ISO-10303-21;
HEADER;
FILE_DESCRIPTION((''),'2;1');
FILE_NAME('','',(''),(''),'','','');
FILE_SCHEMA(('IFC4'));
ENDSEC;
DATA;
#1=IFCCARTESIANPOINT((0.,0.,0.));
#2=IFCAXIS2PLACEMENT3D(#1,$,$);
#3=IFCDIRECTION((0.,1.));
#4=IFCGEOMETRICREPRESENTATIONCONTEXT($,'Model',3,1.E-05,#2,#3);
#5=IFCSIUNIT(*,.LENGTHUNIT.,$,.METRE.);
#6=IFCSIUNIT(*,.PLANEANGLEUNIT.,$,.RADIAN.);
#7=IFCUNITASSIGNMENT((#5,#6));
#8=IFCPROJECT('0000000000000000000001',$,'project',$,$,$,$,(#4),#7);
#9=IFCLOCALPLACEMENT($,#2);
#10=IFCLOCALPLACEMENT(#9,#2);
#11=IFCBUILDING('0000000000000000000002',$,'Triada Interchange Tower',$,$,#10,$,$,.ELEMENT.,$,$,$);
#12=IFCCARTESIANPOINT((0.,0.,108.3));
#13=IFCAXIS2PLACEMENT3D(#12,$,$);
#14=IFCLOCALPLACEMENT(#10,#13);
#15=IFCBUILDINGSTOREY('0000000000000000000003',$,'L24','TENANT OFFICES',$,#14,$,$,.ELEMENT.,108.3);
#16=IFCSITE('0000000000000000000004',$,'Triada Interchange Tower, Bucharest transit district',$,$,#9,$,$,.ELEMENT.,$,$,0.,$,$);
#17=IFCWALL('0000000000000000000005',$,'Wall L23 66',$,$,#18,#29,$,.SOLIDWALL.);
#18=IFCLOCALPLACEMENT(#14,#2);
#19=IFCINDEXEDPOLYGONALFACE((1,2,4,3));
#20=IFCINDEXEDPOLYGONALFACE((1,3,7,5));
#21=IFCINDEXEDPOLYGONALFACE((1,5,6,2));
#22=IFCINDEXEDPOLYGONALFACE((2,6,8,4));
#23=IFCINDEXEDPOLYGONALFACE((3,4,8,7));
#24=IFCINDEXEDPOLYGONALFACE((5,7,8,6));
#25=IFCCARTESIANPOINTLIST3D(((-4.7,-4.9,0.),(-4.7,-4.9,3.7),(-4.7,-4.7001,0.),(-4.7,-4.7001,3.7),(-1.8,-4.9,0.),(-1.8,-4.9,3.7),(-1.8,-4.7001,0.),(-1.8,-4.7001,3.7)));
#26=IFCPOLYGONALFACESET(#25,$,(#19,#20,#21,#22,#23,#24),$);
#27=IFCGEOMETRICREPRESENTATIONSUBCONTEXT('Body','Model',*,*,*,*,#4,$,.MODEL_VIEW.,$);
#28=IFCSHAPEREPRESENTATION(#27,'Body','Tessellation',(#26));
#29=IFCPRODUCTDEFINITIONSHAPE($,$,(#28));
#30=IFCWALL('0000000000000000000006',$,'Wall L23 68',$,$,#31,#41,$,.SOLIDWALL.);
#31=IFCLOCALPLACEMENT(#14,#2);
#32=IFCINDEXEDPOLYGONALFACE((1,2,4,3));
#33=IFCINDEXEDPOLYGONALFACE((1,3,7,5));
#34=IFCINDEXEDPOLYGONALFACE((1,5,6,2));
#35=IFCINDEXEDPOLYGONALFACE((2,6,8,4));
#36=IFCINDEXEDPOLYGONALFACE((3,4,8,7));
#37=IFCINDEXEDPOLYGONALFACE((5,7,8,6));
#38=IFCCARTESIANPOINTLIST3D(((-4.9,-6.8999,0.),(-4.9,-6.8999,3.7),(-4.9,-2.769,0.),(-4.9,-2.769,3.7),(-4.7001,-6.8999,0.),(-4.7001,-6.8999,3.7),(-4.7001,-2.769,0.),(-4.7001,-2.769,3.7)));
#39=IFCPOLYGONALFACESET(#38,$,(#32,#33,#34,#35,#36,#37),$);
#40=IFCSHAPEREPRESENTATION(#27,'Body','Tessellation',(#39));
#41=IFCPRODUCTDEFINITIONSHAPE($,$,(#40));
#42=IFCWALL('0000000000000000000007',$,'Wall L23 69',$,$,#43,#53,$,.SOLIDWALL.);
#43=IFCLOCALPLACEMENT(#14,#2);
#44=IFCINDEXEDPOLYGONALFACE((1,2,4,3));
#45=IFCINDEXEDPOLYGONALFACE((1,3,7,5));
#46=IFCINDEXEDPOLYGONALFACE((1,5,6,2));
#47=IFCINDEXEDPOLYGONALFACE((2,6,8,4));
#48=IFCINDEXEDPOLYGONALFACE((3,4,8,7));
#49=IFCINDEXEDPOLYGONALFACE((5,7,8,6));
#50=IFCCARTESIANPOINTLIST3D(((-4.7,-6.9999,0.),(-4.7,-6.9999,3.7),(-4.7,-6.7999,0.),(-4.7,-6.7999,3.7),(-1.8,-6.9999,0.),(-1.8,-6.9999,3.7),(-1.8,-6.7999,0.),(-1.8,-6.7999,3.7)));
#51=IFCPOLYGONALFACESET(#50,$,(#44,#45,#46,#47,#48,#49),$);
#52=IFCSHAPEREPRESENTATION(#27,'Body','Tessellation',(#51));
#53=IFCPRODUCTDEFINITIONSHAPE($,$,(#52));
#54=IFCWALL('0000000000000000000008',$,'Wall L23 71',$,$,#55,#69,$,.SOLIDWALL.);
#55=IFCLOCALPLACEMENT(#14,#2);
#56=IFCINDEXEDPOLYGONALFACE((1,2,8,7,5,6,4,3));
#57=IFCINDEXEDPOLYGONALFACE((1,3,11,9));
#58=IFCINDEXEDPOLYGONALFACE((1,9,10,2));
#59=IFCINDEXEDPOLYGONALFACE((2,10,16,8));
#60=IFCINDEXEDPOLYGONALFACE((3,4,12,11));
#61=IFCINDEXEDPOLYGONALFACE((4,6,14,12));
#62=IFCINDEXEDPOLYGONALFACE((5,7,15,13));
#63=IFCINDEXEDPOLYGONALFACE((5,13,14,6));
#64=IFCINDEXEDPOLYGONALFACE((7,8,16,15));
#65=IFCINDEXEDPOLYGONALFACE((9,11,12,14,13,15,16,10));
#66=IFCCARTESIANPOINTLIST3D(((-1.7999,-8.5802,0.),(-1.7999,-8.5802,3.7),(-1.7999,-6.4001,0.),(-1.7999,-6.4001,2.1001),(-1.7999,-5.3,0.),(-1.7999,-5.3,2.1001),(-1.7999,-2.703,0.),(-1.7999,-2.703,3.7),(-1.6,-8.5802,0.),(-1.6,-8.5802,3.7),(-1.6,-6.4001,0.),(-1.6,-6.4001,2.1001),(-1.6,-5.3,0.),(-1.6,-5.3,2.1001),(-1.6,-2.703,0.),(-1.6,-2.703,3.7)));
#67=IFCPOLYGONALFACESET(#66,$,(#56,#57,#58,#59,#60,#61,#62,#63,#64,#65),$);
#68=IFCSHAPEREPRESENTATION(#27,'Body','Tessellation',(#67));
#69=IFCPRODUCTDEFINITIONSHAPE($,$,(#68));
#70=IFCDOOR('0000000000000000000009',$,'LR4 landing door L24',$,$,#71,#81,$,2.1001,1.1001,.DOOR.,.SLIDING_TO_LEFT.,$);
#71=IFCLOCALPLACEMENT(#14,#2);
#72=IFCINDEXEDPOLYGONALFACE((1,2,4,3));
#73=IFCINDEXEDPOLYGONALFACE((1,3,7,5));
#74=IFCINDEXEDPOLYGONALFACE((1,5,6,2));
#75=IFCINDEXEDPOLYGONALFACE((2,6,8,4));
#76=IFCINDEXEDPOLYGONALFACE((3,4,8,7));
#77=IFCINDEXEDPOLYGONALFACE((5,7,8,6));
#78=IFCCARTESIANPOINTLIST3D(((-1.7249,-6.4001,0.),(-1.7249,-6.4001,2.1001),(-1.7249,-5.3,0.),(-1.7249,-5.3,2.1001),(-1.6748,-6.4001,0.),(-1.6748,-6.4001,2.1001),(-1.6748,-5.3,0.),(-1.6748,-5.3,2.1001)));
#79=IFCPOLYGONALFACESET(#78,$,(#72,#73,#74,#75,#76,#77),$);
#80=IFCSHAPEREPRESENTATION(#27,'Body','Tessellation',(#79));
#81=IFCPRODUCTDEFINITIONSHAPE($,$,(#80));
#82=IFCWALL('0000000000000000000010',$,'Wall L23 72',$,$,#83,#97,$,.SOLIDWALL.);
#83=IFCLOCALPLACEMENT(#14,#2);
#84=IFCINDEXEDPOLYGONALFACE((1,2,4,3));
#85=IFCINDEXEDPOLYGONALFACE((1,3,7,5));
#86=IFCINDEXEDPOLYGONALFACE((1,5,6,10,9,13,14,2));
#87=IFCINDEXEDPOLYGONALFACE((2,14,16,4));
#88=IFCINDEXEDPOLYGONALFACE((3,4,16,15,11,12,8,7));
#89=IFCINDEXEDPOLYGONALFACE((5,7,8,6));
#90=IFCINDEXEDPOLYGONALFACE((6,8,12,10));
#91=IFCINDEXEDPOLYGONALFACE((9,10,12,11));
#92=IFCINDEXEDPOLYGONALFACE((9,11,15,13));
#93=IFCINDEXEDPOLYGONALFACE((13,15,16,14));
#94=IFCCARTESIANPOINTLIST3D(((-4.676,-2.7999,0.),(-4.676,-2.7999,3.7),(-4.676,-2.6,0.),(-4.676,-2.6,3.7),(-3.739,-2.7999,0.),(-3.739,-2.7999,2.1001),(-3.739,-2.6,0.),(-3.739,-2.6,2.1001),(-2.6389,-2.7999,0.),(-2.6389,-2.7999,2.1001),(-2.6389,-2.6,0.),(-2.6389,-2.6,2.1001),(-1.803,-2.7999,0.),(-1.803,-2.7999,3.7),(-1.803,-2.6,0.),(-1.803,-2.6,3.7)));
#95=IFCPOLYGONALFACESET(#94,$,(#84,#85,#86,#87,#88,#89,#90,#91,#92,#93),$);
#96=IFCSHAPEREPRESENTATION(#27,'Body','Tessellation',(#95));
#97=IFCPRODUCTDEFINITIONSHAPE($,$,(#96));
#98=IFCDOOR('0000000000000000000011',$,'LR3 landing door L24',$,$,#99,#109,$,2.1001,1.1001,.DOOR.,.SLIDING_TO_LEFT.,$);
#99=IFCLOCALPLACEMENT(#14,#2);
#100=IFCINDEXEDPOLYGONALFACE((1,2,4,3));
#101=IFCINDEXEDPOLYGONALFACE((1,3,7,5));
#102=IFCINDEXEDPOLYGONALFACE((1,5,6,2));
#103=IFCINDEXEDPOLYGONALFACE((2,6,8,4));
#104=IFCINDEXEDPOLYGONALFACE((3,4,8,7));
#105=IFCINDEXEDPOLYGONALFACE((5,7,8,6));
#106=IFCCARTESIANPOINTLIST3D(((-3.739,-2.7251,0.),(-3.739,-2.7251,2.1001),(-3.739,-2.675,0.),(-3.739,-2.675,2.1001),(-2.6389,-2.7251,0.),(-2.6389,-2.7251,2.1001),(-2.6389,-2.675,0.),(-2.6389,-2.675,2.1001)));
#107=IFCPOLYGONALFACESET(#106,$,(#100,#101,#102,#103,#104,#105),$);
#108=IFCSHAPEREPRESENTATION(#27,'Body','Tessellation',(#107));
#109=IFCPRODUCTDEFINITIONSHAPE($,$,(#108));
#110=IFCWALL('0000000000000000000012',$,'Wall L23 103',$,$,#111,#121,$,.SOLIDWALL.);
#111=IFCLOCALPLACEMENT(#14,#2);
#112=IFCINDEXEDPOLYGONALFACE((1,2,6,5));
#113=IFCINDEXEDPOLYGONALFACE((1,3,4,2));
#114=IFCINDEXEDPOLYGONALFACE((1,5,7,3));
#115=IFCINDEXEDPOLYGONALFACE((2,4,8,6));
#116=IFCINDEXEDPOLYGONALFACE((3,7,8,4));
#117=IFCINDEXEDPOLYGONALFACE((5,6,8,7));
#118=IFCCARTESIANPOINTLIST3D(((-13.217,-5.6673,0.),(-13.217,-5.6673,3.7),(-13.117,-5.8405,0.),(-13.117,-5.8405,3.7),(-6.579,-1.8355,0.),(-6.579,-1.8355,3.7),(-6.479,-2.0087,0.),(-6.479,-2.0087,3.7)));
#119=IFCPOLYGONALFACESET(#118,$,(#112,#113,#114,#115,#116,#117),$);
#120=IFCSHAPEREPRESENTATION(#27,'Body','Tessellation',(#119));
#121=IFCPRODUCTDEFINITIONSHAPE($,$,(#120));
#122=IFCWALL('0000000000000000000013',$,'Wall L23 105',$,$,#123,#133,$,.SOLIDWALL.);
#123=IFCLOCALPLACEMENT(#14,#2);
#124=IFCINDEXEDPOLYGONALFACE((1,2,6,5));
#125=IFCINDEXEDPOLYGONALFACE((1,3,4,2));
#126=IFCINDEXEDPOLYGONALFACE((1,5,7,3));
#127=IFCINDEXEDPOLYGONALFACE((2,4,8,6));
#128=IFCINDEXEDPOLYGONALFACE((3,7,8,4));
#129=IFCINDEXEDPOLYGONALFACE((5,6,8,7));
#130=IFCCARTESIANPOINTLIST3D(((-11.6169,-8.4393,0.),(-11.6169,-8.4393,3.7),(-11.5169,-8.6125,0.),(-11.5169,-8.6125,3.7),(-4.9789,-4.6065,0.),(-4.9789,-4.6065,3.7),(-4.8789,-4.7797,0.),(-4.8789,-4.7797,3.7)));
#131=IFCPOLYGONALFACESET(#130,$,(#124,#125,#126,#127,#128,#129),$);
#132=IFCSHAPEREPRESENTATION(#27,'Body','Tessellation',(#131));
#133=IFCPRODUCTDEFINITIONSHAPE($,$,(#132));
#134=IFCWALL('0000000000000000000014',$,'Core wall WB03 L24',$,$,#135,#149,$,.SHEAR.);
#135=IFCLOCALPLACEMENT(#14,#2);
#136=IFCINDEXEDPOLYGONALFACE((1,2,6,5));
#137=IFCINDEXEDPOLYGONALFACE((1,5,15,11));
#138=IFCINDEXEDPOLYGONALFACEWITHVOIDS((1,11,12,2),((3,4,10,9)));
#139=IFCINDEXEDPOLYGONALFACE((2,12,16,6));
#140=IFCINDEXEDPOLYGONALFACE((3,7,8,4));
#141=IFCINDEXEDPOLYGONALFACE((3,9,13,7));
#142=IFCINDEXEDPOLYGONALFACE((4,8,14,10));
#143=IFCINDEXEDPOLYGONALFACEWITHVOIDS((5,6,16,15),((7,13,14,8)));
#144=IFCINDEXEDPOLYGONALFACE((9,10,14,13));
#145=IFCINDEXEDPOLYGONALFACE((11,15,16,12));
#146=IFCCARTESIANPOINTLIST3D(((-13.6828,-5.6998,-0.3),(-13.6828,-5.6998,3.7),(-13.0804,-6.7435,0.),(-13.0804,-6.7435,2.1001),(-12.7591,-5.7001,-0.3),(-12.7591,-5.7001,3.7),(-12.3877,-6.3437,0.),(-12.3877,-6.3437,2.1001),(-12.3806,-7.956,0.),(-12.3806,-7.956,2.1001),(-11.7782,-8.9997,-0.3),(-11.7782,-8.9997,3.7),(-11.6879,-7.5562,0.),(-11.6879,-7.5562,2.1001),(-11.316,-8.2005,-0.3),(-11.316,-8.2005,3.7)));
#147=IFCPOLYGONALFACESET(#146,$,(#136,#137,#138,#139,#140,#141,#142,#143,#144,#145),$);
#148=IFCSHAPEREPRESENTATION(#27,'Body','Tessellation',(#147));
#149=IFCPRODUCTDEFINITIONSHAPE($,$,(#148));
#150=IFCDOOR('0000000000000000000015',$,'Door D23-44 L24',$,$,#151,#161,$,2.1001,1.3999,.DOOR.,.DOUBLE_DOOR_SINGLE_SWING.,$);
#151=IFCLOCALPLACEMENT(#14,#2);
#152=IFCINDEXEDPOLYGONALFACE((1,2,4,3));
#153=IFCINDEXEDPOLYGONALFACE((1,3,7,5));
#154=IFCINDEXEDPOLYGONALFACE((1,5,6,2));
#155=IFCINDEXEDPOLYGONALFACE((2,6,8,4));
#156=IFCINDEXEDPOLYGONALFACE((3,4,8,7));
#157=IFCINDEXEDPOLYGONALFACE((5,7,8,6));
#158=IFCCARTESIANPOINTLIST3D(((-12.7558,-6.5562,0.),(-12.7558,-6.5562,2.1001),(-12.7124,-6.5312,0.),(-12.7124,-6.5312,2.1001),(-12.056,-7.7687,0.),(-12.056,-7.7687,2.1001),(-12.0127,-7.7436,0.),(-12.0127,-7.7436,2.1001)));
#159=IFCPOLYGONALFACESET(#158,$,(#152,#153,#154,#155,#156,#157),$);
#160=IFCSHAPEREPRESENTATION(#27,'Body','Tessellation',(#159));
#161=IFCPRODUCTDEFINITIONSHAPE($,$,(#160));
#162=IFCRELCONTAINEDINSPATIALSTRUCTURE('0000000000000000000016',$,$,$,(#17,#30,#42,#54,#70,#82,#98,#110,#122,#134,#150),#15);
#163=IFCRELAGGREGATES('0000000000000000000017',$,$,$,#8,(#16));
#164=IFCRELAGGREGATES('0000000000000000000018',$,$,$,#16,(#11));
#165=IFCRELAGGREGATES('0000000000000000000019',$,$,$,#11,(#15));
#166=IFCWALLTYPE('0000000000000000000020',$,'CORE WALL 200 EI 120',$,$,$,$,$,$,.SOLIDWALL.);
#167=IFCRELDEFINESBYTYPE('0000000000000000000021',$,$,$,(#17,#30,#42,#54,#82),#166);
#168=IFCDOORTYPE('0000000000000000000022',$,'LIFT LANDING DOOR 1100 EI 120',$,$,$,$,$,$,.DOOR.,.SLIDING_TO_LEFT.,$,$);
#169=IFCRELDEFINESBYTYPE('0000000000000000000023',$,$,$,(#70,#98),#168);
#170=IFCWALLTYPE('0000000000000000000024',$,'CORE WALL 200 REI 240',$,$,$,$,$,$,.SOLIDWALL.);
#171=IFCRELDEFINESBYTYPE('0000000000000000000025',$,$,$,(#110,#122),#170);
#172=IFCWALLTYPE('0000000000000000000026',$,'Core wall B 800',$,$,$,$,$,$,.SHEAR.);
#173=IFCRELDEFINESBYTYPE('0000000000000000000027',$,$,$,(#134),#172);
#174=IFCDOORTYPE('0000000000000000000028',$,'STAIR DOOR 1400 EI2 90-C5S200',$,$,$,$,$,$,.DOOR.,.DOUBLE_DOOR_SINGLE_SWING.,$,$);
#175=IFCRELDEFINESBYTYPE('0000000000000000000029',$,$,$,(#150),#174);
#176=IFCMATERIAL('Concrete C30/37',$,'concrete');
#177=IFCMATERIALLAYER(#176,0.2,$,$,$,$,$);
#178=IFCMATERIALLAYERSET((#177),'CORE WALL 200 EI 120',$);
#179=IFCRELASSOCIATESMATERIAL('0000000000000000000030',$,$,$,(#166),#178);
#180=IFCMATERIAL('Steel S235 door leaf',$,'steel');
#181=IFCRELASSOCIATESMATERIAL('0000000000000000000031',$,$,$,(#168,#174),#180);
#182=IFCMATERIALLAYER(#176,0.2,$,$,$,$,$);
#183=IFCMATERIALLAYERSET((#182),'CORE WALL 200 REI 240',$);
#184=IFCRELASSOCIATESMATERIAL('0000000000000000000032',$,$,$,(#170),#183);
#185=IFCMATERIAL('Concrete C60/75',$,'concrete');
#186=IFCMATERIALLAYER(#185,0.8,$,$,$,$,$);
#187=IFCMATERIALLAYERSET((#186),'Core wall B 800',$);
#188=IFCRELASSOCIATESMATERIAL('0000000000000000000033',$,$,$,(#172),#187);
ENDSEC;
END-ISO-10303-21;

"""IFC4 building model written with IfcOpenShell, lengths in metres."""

from ifc_helpers import new_model, si_unit, direction, frame, frame_2d, origin, place, context, subcontext, project, spatial, polyline, rectangle, outline, extrude, material, layer, layer_set, type_object, element, fill, save


model = new_model("IFC4")

# Units and contexts
model_context = context("Model", 3, precision=1e-05, world=origin(), true_north=direction((0.0, 1.0)))
body_context = subcontext(model_context, "Body", "Model", "MODEL_VIEW")
ifc_project = project(units=[si_unit("LENGTHUNIT", "METRE"), si_unit("PLANEANGLEUNIT", "RADIAN")], contexts=[model_context])

# Site, building, storey
site_placement = place(None, origin())
site = spatial("IfcSite", under=ifc_project, at=site_placement, Name="Triada Interchange Tower, Bucharest transit district", CompositionType="ELEMENT", RefElevation=0.0)
building_placement = place(site_placement, origin())
building = spatial("IfcBuilding", under=site, at=building_placement, Name="Triada Interchange Tower", CompositionType="ELEMENT")
storey_placement = place(building_placement, frame((0.0, 0.0, 108.3)))
storey = spatial("IfcBuildingStorey", under=building, at=storey_placement, Name="L24", Description="TENANT OFFICES", CompositionType="ELEMENT", Elevation=108.3)

# Walls
ifc_material_1 = material(Name="Concrete C30/37", Category="concrete")
ifc_layer_1 = layer(ifc_material_1, 0.2)
ifc_layer_set_1 = layer_set([ifc_layer_1], Name="CORE WALL 200 EI 120")
wall_type_1 = type_object("IfcWallType", Name="CORE WALL 200 EI 120", PredefinedType="SOLIDWALL", material=ifc_layer_set_1)
wall_1_placement = place(storey_placement, frame((-4.7, -4.8, 0.0), z_axis=(0.0, 0.0, 1.0), x_axis=(1.0, 0.0, 0.0)))
element("IfcWall", 1, at=wall_1_placement, inside=storey, type_object=wall_type_1, Name="Wall L23 66", PredefinedType="SOLIDWALL", context=body_context, shape_type="SweptSolid", body=[
    extrude(rectangle(XDim=2.8999, YDim=0.2, at=frame_2d((1.45, 0.0))), origin(), (0.0, 0.0, 1.0), 3.7),
])
wall_2_placement = place(storey_placement, frame((-4.8, -6.8999, 0.0), z_axis=(0.0, 0.0, 1.0), x_axis=(0.0, 1.0, 0.0)))
element("IfcWall", 2, at=wall_2_placement, inside=storey, type_object=wall_type_1, Name="Wall L23 68", PredefinedType="SOLIDWALL", context=body_context, shape_type="SweptSolid", body=[
    extrude(rectangle(XDim=4.1309, YDim=0.2, at=frame_2d((2.0654, 0.0))), origin(), (0.0, 0.0, 1.0), 3.7),
])
wall_3_placement = place(storey_placement, frame((-4.7, -6.8999, 0.0), z_axis=(0.0, 0.0, 1.0), x_axis=(1.0, 0.0, 0.0)))
element("IfcWall", 3, at=wall_3_placement, inside=storey, type_object=wall_type_1, Name="Wall L23 69", PredefinedType="SOLIDWALL", context=body_context, shape_type="SweptSolid", body=[
    extrude(rectangle(XDim=2.8999, YDim=0.2, at=frame_2d((1.45, 0.0))), origin(), (0.0, 0.0, 1.0), 3.7),
])

# Walls, openings, doors
wall_4_placement = place(storey_placement, frame((-1.7, -8.5801, 0.0), z_axis=(0.0, 0.0, 1.0), x_axis=(0.0, 1.0, 0.0)))
wall_4 = element("IfcWall", 4, at=wall_4_placement, inside=storey, type_object=wall_type_1, Name="Wall L23 71", PredefinedType="SOLIDWALL", context=body_context, shape_type="SweptSolid", body=[
    extrude(rectangle(XDim=5.8772, YDim=0.2, at=frame_2d((2.9385, 0.0))), origin(), (0.0, 0.0, 1.0), 3.7),
])
opening_1_placement = place(wall_4_placement, frame((2.1799, 0.0, 0.0)))
opening_1 = element("IfcOpeningElement", 5, at=opening_1_placement, cuts=wall_4, PredefinedType="OPENING", context=body_context, shape_type="SweptSolid", body=[
    extrude(rectangle(XDim=1.1001, YDim=2.1001, at=frame_2d((0.55, 1.05))), frame((0.0, 0.1099, 0.0), z_axis=(0.0, -1.0, 0.0), x_axis=(1.0, 0.0, 0.0)), (0.0, 0.0, 1.0), 0.22),
])
ifc_material_2 = material(Name="Steel S235 door leaf", Category="steel")
door_type_1 = type_object("IfcDoorType", Name="LIFT LANDING DOOR 1100 EI 120", OperationType="SLIDING_TO_LEFT", PredefinedType="DOOR", material=ifc_material_2)
door_1_placement = place(opening_1_placement, origin())
door_1 = element("IfcDoor", 6, at=door_1_placement, inside=storey, type_object=door_type_1, Name="LR4 landing door L24", OperationType="SLIDING_TO_LEFT", OverallHeight=2.1001, OverallWidth=1.1001, PredefinedType="DOOR", context=body_context, shape_type="SweptSolid", body=[
    extrude(rectangle(XDim=1.1001, YDim=2.1001, at=frame_2d((0.55, 1.05))), frame((0.0, 0.0249, 0.0), z_axis=(0.0, -1.0, 0.0), x_axis=(1.0, 0.0, 0.0)), (0.0, 0.0, 1.0), 0.05),
])
fill(opening_1, door_1)
wall_5_placement = place(storey_placement, frame((-4.676, -2.7, 0.0), z_axis=(0.0, 0.0, 1.0), x_axis=(1.0, 0.0, 0.0)))
wall_5 = element("IfcWall", 7, at=wall_5_placement, inside=storey, type_object=wall_type_1, Name="Wall L23 72", PredefinedType="SOLIDWALL", context=body_context, shape_type="SweptSolid", body=[
    extrude(rectangle(XDim=2.873, YDim=0.2, at=frame_2d((1.4365, 0.0))), origin(), (0.0, 0.0, 1.0), 3.7),
])
opening_2_placement = place(wall_5_placement, frame((0.937, 0.0, 0.0)))
opening_2 = element("IfcOpeningElement", 8, at=opening_2_placement, cuts=wall_5, PredefinedType="OPENING", context=body_context, shape_type="SweptSolid", body=[
    extrude(rectangle(XDim=1.1001, YDim=2.1001, at=frame_2d((0.55, 1.05))), frame((0.0, 0.1099, 0.0), z_axis=(0.0, -1.0, 0.0), x_axis=(1.0, 0.0, 0.0)), (0.0, 0.0, 1.0), 0.22),
])
door_2_placement = place(opening_2_placement, origin())
door_2 = element("IfcDoor", 9, at=door_2_placement, inside=storey, type_object=door_type_1, Name="LR3 landing door L24", OperationType="SLIDING_TO_LEFT", OverallHeight=2.1001, OverallWidth=1.1001, PredefinedType="DOOR", context=body_context, shape_type="SweptSolid", body=[
    extrude(rectangle(XDim=1.1001, YDim=2.1001, at=frame_2d((0.55, 1.05))), frame((0.0, 0.0249, 0.0), z_axis=(0.0, -1.0, 0.0), x_axis=(1.0, 0.0, 0.0)), (0.0, 0.0, 1.0), 0.05),
])
fill(opening_2, door_2)

# Walls
ifc_layer_2 = layer(ifc_material_1, 0.2)
ifc_layer_set_2 = layer_set([ifc_layer_2], Name="CORE WALL 200 REI 240")
wall_type_2 = type_object("IfcWallType", Name="CORE WALL 200 REI 240", PredefinedType="SOLIDWALL", material=ifc_layer_set_2)
wall_6_placement = place(storey_placement, frame((-13.167, -5.7539, 0.0), z_axis=(0.0, 0.0, 1.0), x_axis=(0.866061, 0.499938, 0.0)))
element("IfcWall", 10, at=wall_6_placement, inside=storey, type_object=wall_type_2, Name="Wall L23 103", PredefinedType="SOLIDWALL", context=body_context, shape_type="SweptSolid", body=[
    extrude(rectangle(XDim=7.6646, YDim=0.2, at=frame_2d((3.8323, 0.0))), origin(), (0.0, 0.0, 1.0), 3.7),
])
wall_7_placement = place(storey_placement, frame((-11.5669, -8.5259, 0.0), z_axis=(0.0, 0.0, 1.0), x_axis=(0.866006, 0.500034, 0.0)))
element("IfcWall", 11, at=wall_7_placement, inside=storey, type_object=wall_type_2, Name="Wall L23 105", PredefinedType="SOLIDWALL", context=body_context, shape_type="SweptSolid", body=[
    extrude(rectangle(XDim=7.665, YDim=0.2, at=frame_2d((3.8325, 0.0))), origin(), (0.0, 0.0, 1.0), 3.7),
])

# Wall, opening, door
ifc_material_3 = material(Name="Concrete C60/75", Category="concrete")
ifc_layer_3 = layer(ifc_material_3, 0.8)
ifc_layer_set_3 = layer_set([ifc_layer_3], Name="Core wall B 800")
wall_type_3 = type_object("IfcWallType", Name="Core wall B 800", PredefinedType="SHEAR", material=ifc_layer_set_3)
wall_8_placement = place(storey_placement, frame((-13.2209, -5.7, -0.3), z_axis=(0.0, 0.0, 1.0), x_axis=(0.499872, -0.866099, 0.0)))
wall_8 = element("IfcWall", 12, at=wall_8_placement, inside=storey, type_object=wall_type_3, Name="Core wall WB03 L24", PredefinedType="SHEAR", context=body_context, shape_type="SweptSolid", body=[
    extrude(outline(polyline([(-0.231, -0.3999), (1.6741, -0.3999), (3.5791, -0.3999), (3.1179, 0.3999), (1.6743, 0.3999), (0.231, 0.3999), (-0.231, -0.3999)])), origin(), (0.0, 0.0, 1.0), 4.0),
])
opening_3_placement = place(wall_8_placement, frame((0.9741, 0.0, 0.3)))
opening_3 = element("IfcOpeningElement", 13, at=opening_3_placement, cuts=wall_8, PredefinedType="OPENING", context=body_context, shape_type="SweptSolid", body=[
    extrude(rectangle(XDim=1.3999, YDim=2.1001, at=frame_2d((0.7, 1.05))), frame((0.0, 0.4099, 0.0), z_axis=(0.0, -1.0, 0.0), x_axis=(1.0, 0.0, 0.0)), (0.0, 0.0, 1.0), 0.8201),
])
door_type_2 = type_object("IfcDoorType", Name="STAIR DOOR 1400 EI2 90-C5S200", OperationType="DOUBLE_DOOR_SINGLE_SWING", PredefinedType="DOOR", material=ifc_material_2)
door_3_placement = place(opening_3_placement, origin())
door_3 = element("IfcDoor", 14, at=door_3_placement, inside=storey, type_object=door_type_2, Name="Door D23-44 L24", OperationType="DOUBLE_DOOR_SINGLE_SWING", OverallHeight=2.1001, OverallWidth=1.3999, PredefinedType="DOOR", context=body_context, shape_type="SweptSolid", body=[
    extrude(rectangle(XDim=1.3999, YDim=2.1001, at=frame_2d((0.7, 1.05))), frame((0.0, 0.0249, 0.0), z_axis=(0.0, -1.0, 0.0), x_axis=(1.0, 0.0, 0.0)), (0.0, 0.0, 1.0), 0.05),
])
fill(opening_3, door_3)

save(model, "model.ifc")
